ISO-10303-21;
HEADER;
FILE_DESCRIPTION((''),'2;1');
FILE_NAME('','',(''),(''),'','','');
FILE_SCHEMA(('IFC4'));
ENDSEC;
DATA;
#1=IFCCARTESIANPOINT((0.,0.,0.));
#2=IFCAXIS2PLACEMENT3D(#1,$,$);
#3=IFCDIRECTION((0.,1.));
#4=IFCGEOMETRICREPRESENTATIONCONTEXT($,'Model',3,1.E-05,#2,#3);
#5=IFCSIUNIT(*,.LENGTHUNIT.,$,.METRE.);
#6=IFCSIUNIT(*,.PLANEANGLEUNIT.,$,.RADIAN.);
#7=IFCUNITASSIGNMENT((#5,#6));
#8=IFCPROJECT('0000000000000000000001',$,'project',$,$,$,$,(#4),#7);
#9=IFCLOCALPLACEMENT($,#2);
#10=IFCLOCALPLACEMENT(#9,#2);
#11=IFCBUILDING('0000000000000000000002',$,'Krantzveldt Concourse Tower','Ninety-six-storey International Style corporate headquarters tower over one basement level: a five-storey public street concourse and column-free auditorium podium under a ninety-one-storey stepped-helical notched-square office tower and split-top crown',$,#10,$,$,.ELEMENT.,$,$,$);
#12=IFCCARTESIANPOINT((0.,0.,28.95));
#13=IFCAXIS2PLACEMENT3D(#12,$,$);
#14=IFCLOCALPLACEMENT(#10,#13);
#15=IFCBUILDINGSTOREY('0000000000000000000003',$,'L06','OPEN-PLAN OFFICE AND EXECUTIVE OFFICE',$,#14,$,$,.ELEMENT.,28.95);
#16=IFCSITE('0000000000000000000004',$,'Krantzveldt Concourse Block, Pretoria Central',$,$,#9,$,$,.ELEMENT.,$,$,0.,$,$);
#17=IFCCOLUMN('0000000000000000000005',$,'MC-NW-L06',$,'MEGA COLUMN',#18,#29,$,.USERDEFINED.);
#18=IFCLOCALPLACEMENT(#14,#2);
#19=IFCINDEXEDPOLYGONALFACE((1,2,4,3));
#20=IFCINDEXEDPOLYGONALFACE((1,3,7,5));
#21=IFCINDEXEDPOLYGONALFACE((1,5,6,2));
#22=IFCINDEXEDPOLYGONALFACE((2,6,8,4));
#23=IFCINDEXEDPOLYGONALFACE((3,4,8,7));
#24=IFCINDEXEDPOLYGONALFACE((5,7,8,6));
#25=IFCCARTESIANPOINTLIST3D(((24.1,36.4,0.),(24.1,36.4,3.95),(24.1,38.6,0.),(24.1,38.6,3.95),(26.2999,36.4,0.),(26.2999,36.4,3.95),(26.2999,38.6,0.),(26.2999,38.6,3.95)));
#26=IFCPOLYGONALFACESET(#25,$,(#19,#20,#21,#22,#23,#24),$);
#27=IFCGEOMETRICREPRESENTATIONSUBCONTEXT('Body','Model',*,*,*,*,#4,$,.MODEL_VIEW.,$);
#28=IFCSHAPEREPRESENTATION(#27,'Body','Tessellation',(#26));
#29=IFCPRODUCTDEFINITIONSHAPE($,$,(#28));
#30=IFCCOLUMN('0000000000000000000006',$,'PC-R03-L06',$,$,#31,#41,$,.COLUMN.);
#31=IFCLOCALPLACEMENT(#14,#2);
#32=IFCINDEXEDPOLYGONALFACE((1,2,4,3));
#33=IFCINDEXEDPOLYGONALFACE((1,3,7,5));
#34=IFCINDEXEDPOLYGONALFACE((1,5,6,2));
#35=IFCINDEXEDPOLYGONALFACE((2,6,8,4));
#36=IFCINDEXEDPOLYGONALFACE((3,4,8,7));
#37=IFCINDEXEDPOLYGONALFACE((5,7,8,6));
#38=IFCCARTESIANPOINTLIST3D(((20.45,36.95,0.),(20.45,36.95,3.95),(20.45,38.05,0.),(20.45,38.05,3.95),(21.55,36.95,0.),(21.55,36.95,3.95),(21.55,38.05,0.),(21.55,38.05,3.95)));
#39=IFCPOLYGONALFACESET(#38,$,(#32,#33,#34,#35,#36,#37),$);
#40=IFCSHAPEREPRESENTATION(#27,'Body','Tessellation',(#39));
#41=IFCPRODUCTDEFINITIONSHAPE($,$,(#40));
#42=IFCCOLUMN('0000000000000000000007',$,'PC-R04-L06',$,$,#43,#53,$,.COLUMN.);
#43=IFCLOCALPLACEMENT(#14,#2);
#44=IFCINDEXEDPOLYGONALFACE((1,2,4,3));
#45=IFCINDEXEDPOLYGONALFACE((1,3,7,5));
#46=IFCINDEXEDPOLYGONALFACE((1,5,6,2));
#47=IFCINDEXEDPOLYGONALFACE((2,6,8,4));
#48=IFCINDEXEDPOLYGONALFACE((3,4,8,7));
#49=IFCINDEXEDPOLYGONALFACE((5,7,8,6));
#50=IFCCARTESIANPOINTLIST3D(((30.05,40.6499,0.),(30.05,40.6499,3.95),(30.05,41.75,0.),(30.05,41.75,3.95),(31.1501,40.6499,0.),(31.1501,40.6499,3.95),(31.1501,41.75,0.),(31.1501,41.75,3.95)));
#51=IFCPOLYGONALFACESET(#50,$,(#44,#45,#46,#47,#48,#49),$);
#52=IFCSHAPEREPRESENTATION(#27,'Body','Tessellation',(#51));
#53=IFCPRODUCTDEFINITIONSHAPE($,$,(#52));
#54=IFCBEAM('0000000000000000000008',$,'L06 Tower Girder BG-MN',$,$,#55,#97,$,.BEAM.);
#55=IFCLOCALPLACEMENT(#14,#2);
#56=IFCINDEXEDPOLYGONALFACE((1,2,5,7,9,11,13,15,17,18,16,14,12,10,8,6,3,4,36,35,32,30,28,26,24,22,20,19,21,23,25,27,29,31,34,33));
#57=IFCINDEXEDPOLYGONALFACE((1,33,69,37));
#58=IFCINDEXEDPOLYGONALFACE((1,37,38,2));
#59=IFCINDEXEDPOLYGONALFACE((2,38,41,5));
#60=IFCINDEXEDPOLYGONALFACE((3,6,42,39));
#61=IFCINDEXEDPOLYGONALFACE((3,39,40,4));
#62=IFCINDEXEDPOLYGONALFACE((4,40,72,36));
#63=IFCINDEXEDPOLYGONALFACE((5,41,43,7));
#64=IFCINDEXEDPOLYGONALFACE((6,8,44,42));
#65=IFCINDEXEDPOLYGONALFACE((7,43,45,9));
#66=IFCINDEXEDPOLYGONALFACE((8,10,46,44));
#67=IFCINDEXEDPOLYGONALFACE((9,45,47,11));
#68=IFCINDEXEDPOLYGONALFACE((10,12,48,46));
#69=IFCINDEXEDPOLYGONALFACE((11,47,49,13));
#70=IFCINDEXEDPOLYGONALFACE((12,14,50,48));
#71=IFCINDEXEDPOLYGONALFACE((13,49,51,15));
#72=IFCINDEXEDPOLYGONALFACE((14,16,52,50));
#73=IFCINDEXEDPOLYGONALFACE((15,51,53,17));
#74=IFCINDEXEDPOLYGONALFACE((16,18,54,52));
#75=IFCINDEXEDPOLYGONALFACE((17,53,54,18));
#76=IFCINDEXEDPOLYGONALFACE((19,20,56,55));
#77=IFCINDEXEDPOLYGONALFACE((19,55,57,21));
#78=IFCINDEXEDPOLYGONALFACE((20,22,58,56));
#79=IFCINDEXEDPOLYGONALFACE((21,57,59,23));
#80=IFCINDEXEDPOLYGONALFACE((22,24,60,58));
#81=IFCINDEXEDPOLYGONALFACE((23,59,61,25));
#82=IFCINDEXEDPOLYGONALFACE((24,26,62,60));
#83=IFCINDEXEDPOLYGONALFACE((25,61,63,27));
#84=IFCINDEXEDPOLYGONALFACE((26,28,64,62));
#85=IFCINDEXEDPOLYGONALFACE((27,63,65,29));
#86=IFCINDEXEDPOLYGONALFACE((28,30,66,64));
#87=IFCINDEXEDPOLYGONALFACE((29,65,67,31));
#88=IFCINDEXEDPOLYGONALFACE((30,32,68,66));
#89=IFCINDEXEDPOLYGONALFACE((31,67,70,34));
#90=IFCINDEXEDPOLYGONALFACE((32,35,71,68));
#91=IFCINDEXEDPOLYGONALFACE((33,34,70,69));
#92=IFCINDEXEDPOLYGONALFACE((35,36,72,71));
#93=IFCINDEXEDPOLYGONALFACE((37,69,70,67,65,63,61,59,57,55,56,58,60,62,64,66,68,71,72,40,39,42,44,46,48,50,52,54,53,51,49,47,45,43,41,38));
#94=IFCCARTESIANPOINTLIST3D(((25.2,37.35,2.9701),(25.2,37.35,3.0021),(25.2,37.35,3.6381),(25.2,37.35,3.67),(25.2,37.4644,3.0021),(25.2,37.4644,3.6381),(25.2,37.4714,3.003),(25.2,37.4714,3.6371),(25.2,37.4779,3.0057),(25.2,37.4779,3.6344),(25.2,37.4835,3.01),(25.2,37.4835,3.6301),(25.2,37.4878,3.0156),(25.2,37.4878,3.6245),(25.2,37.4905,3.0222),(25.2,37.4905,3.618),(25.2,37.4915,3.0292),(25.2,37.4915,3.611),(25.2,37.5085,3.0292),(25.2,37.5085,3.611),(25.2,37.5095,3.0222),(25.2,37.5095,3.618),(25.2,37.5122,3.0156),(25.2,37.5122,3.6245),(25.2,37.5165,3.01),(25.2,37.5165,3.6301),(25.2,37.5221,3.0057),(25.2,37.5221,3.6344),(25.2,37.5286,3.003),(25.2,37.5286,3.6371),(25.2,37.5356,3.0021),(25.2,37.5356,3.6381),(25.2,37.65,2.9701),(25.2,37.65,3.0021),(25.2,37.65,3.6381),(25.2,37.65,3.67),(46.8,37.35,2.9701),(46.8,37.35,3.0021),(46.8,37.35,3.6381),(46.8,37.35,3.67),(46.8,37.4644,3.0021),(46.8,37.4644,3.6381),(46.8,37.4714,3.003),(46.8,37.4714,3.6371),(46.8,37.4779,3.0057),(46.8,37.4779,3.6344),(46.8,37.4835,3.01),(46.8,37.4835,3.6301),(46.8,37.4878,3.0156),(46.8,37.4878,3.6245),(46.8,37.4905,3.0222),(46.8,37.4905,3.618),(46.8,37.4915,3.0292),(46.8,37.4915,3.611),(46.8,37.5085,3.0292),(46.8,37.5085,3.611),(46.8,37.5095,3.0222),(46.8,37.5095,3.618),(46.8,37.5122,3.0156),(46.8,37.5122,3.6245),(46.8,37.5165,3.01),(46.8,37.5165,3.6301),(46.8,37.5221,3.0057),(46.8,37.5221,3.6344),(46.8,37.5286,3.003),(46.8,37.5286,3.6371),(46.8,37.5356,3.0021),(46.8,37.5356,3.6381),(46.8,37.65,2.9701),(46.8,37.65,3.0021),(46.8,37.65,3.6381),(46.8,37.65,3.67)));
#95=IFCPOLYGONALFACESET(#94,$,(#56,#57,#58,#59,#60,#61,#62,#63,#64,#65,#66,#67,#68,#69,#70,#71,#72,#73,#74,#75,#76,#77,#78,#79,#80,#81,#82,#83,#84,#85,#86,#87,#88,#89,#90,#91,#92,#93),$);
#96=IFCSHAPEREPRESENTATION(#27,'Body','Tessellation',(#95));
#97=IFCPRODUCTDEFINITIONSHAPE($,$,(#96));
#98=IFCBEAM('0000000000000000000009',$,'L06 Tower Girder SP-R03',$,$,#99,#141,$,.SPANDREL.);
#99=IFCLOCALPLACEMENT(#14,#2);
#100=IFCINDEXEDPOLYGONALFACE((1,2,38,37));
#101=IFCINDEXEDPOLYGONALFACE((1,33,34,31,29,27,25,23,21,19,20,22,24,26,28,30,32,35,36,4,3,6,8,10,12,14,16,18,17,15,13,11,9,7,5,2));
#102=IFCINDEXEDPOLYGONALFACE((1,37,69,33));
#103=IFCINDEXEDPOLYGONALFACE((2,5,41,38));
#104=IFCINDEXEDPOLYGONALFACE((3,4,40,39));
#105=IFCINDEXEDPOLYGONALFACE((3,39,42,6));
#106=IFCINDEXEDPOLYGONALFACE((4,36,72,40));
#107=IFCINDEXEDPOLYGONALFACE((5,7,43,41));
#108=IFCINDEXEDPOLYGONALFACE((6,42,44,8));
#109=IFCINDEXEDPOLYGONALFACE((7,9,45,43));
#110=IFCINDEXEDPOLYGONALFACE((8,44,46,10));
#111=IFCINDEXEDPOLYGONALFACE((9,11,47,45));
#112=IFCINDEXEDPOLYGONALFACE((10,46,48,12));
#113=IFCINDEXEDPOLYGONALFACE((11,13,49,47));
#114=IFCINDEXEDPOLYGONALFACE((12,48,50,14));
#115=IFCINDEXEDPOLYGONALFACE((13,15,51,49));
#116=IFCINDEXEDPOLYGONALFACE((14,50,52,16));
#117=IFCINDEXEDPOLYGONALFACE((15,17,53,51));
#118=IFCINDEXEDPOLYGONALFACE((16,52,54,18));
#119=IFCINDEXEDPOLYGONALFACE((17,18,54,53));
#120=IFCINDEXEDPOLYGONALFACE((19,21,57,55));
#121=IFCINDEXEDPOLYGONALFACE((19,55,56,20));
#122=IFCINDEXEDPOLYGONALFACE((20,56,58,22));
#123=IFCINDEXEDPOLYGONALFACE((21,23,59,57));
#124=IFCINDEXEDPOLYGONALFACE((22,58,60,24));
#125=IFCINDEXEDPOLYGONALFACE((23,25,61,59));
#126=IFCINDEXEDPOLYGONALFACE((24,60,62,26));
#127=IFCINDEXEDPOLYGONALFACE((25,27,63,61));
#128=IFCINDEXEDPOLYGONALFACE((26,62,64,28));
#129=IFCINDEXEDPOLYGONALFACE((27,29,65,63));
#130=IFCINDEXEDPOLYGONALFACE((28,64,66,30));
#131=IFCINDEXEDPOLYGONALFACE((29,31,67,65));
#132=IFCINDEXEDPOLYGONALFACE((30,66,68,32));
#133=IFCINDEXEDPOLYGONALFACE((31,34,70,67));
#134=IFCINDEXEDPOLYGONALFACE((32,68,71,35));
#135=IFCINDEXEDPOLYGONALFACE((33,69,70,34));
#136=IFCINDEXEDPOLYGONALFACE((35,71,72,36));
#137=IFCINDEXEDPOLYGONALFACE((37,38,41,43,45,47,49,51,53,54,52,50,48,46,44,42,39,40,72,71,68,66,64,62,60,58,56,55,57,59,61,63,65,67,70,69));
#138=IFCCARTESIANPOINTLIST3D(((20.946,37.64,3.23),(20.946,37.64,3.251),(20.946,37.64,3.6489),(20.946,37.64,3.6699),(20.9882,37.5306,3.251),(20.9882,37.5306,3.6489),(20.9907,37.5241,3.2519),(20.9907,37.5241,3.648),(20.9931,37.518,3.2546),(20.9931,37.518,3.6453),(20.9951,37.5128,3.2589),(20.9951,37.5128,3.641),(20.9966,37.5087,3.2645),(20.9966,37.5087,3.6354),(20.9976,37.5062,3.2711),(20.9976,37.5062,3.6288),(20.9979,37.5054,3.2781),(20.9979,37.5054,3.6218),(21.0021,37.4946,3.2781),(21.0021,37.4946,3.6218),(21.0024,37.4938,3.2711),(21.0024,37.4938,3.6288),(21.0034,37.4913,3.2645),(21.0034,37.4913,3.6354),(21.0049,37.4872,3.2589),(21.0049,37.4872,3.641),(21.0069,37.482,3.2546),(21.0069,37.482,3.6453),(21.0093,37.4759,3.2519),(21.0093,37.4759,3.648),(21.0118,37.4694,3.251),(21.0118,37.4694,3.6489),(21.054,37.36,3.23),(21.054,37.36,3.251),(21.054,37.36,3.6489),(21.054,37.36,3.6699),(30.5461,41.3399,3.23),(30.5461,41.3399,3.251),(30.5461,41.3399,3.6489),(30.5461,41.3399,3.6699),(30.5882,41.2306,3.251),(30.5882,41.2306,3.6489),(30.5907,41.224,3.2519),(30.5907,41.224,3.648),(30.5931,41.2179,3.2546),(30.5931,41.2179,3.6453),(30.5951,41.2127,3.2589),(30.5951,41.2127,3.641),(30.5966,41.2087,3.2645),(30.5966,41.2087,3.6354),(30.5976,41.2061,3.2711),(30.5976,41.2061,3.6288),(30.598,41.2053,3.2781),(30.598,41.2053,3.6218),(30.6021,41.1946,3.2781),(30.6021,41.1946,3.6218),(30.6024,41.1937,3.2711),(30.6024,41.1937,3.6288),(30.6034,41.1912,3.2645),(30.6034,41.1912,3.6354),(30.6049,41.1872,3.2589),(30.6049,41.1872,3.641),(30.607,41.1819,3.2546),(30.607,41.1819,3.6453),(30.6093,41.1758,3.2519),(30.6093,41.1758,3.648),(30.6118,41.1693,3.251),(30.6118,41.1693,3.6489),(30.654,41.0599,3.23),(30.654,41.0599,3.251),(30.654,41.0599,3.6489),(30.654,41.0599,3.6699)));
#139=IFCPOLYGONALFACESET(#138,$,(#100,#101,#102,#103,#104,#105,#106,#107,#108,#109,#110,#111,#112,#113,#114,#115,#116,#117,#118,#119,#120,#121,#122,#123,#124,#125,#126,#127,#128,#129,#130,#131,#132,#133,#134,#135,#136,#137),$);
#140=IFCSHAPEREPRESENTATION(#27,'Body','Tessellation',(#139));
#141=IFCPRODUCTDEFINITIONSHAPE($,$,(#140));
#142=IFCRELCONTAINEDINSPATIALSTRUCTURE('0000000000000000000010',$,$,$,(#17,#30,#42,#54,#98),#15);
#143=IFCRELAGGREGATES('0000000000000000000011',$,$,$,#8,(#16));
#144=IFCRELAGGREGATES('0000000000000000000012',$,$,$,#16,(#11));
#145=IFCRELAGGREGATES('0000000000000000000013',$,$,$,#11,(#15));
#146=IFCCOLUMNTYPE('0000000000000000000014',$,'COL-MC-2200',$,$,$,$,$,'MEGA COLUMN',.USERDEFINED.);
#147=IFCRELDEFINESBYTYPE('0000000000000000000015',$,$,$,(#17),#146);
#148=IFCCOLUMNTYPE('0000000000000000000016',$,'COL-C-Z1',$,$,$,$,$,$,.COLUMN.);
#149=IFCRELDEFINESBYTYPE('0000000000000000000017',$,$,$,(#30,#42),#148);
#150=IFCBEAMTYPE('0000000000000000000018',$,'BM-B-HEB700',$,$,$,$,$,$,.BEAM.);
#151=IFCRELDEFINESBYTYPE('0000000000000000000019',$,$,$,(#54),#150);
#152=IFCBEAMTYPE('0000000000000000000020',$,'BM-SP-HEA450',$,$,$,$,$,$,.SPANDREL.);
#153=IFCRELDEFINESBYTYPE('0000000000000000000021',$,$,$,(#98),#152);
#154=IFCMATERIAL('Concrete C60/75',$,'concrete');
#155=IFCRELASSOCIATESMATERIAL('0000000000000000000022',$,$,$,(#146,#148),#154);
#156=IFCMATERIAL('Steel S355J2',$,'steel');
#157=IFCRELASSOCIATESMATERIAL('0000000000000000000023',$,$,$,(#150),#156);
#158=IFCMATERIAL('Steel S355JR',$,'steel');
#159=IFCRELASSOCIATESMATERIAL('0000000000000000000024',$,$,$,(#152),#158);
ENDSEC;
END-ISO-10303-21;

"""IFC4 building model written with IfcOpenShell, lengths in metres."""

from ifc_helpers import new_model, si_unit, direction, frame, origin, origin_2d, place, context, subcontext, project, spatial, rectangle, i_section, extrude, source, transform, mapped, material, material_profile, profile_set, type_object, type_shapes, element, save


model = new_model("IFC4")

# Units and contexts
model_context = context("Model", 3, precision=1e-05, world=origin(), true_north=direction((0.0, 1.0)))
body_context = subcontext(model_context, "Body", "Model", "MODEL_VIEW")
ifc_project = project(units=[si_unit("LENGTHUNIT", "METRE"), si_unit("PLANEANGLEUNIT", "RADIAN")], contexts=[model_context])

# Site, building, storey
site_placement = place(None, origin())
site = spatial("IfcSite", under=ifc_project, at=site_placement, Name="Krantzveldt Concourse Block, Pretoria Central", CompositionType="ELEMENT", RefElevation=0.0)
building_placement = place(site_placement, origin())
building = spatial("IfcBuilding", under=site, at=building_placement, Name="Krantzveldt Concourse Tower", Description="Ninety-six-storey International Style corporate headquarters tower over one basement level: a five-storey public street concourse and column-free auditorium podium under a ninety-one-storey stepped-helical notched-square office tower and split-top crown", CompositionType="ELEMENT")
storey_placement = place(building_placement, frame((0.0, 0.0, 28.95)))
storey = spatial("IfcBuildingStorey", under=building, at=storey_placement, Name="L06", Description="OPEN-PLAN OFFICE AND EXECUTIVE OFFICE", CompositionType="ELEMENT", Elevation=28.95)

# Columns
ifc_material_1 = material(Name="Concrete C60/75", Category="concrete")
ifc_material_profile_1 = material_profile(ifc_material_1, rectangle(XDim=2.2, YDim=2.2, at=origin_2d()), Name="Concrete C60/75", Category="concrete")
ifc_profile_set_1 = profile_set([ifc_material_profile_1], Name="Concrete C60/75 - RC 2200x2200")
column_type_1 = type_object("IfcColumnType", Name="COL-MC-2200", ElementType="MEGA COLUMN", PredefinedType="USERDEFINED", material=ifc_profile_set_1)
shared_shape_1 = source(origin(), body_context, "Body", "SweptSolid", [
    extrude(rectangle(XDim=2.2, YDim=2.2, at=origin_2d()), origin(), (0.0, 0.0, 1.0), 3.95),
])
type_shapes(column_type_1, [shared_shape_1])
column_placement = place(storey_placement, frame((25.2, 37.5, 0.0), z_axis=(0.0, 0.0, 1.0), x_axis=(1.0, 0.0, 0.0)))
element("IfcColumn", 1, at=column_placement, inside=storey, type_object=column_type_1, Name="MC-NW-L06", ObjectType="MEGA COLUMN", PredefinedType="USERDEFINED", context=body_context, shape_type="MappedRepresentation", body=[
    mapped(shared_shape_1, transform((0.0, 0.0, 0.0), x_axis=(1.0, 0.0, 0.0), y_axis=(0.0, 1.0, 0.0), z_axis=(0.0, 0.0, 1.0), scale=1.0)),
])
ifc_material_profile_2 = material_profile(ifc_material_1, rectangle(XDim=1.1001, YDim=1.1001, at=origin_2d()), Name="Concrete C60/75", Category="concrete")
ifc_profile_set_2 = profile_set([ifc_material_profile_2], Name="Concrete C60/75 - RC 1100x1100")
column_type_2 = type_object("IfcColumnType", Name="COL-C-Z1", PredefinedType="COLUMN", material=ifc_profile_set_2)
shared_shape_2 = source(origin(), body_context, "Body", "SweptSolid", [
    extrude(rectangle(XDim=1.1001, YDim=1.1001, at=origin_2d()), origin(), (0.0, 0.0, 1.0), 3.95),
])
type_shapes(column_type_2, [shared_shape_2])
for number, where, z_axis, x_axis, name in (
    (2, (21.0, 37.5, 0.0), (0.0, 0.0, 1.0), (1.0, 0.0, 0.0), "PC-R03-L06"),
    (3, (30.6001, 41.2, 0.0), (0.0, 0.0, 1.0), (1.0, 0.0, 0.0), "PC-R04-L06"),
):
    element("IfcColumn", number, at=place(storey_placement, frame(where, z_axis=z_axis, x_axis=x_axis)), inside=storey, type_object=column_type_2, Name=name, PredefinedType="COLUMN", context=body_context, shape_type="MappedRepresentation", body=[
        mapped(shared_shape_2, transform((0.0, 0.0, 0.0), x_axis=(1.0, 0.0, 0.0), y_axis=(0.0, 1.0, 0.0), z_axis=(0.0, 0.0, 1.0), scale=1.0)),
    ])

# Beams
ifc_material_2 = material(Name="Steel S355J2", Category="steel")
ifc_material_profile_3 = material_profile(ifc_material_2, i_section(OverallWidth=0.3, OverallDepth=0.7, WebThickness=0.0171, FlangeThickness=0.032, FilletRadius=0.0271, at=origin_2d()), Name="Steel S355J2", Category="steel")
ifc_profile_set_3 = profile_set([ifc_material_profile_3], Name="Steel S355J2 - HEB 700")
beam_type_1 = type_object("IfcBeamType", Name="BM-B-HEB700", PredefinedType="BEAM", material=ifc_profile_set_3)
shared_shape_3 = source(origin(), body_context, "Body", "SweptSolid", [
    extrude(i_section(OverallWidth=0.3, OverallDepth=0.7, WebThickness=0.0171, FlangeThickness=0.032, FilletRadius=0.0271, at=origin_2d()), origin(), (0.0, 0.0, 1.0), 21.6001),
])
type_shapes(beam_type_1, [shared_shape_3])
beam_1_placement = place(storey_placement, frame((25.2, 37.5, 3.3201), z_axis=(1.0, 0.0, 0.0), x_axis=(0.0, 1.0, 0.0)))
element("IfcBeam", 4, at=beam_1_placement, inside=storey, type_object=beam_type_1, Name="L06 Tower Girder BG-MN", PredefinedType="BEAM", context=body_context, shape_type="MappedRepresentation", body=[
    mapped(shared_shape_3, transform((0.0, 0.0, 0.0), x_axis=(1.0, 0.0, 0.0), y_axis=(0.0, 1.0, 0.0), z_axis=(0.0, 0.0, 1.0), scale=1.0)),
])
ifc_material_3 = material(Name="Steel S355JR", Category="steel")
ifc_material_profile_4 = material_profile(ifc_material_3, i_section(OverallWidth=0.3, OverallDepth=0.4399, WebThickness=0.0115, FlangeThickness=0.021, FilletRadius=0.0271, at=origin_2d()), Name="Steel S355JR", Category="steel")
ifc_profile_set_4 = profile_set([ifc_material_profile_4], Name="Steel S355JR - HEA 450")
beam_type_2 = type_object("IfcBeamType", Name="BM-SP-HEA450", PredefinedType="SPANDREL", material=ifc_profile_set_4)
shared_shape_4 = source(origin(), body_context, "Body", "SweptSolid", [
    extrude(i_section(OverallWidth=0.3, OverallDepth=0.4399, WebThickness=0.0115, FlangeThickness=0.021, FilletRadius=0.0271, at=origin_2d()), origin(), (0.0, 0.0, 1.0), 10.2883),
])
beam_2_placement = place(storey_placement, frame((21.0, 37.5, 3.45), z_axis=(0.933098, 0.359623, 0.0), x_axis=(-0.359623, 0.933098, 0.0)))
element("IfcBeam", 5, at=beam_2_placement, inside=storey, type_object=beam_type_2, Name="L06 Tower Girder SP-R03", PredefinedType="SPANDREL", context=body_context, shape_type="MappedRepresentation", body=[
    mapped(shared_shape_4, transform((0.0, 0.0, 0.0), x_axis=(1.0, 0.0, 0.0), y_axis=(0.0, 1.0, 0.0), z_axis=(0.0, 0.0, 1.0), scale=1.0)),
])

save(model, "model.ifc")
